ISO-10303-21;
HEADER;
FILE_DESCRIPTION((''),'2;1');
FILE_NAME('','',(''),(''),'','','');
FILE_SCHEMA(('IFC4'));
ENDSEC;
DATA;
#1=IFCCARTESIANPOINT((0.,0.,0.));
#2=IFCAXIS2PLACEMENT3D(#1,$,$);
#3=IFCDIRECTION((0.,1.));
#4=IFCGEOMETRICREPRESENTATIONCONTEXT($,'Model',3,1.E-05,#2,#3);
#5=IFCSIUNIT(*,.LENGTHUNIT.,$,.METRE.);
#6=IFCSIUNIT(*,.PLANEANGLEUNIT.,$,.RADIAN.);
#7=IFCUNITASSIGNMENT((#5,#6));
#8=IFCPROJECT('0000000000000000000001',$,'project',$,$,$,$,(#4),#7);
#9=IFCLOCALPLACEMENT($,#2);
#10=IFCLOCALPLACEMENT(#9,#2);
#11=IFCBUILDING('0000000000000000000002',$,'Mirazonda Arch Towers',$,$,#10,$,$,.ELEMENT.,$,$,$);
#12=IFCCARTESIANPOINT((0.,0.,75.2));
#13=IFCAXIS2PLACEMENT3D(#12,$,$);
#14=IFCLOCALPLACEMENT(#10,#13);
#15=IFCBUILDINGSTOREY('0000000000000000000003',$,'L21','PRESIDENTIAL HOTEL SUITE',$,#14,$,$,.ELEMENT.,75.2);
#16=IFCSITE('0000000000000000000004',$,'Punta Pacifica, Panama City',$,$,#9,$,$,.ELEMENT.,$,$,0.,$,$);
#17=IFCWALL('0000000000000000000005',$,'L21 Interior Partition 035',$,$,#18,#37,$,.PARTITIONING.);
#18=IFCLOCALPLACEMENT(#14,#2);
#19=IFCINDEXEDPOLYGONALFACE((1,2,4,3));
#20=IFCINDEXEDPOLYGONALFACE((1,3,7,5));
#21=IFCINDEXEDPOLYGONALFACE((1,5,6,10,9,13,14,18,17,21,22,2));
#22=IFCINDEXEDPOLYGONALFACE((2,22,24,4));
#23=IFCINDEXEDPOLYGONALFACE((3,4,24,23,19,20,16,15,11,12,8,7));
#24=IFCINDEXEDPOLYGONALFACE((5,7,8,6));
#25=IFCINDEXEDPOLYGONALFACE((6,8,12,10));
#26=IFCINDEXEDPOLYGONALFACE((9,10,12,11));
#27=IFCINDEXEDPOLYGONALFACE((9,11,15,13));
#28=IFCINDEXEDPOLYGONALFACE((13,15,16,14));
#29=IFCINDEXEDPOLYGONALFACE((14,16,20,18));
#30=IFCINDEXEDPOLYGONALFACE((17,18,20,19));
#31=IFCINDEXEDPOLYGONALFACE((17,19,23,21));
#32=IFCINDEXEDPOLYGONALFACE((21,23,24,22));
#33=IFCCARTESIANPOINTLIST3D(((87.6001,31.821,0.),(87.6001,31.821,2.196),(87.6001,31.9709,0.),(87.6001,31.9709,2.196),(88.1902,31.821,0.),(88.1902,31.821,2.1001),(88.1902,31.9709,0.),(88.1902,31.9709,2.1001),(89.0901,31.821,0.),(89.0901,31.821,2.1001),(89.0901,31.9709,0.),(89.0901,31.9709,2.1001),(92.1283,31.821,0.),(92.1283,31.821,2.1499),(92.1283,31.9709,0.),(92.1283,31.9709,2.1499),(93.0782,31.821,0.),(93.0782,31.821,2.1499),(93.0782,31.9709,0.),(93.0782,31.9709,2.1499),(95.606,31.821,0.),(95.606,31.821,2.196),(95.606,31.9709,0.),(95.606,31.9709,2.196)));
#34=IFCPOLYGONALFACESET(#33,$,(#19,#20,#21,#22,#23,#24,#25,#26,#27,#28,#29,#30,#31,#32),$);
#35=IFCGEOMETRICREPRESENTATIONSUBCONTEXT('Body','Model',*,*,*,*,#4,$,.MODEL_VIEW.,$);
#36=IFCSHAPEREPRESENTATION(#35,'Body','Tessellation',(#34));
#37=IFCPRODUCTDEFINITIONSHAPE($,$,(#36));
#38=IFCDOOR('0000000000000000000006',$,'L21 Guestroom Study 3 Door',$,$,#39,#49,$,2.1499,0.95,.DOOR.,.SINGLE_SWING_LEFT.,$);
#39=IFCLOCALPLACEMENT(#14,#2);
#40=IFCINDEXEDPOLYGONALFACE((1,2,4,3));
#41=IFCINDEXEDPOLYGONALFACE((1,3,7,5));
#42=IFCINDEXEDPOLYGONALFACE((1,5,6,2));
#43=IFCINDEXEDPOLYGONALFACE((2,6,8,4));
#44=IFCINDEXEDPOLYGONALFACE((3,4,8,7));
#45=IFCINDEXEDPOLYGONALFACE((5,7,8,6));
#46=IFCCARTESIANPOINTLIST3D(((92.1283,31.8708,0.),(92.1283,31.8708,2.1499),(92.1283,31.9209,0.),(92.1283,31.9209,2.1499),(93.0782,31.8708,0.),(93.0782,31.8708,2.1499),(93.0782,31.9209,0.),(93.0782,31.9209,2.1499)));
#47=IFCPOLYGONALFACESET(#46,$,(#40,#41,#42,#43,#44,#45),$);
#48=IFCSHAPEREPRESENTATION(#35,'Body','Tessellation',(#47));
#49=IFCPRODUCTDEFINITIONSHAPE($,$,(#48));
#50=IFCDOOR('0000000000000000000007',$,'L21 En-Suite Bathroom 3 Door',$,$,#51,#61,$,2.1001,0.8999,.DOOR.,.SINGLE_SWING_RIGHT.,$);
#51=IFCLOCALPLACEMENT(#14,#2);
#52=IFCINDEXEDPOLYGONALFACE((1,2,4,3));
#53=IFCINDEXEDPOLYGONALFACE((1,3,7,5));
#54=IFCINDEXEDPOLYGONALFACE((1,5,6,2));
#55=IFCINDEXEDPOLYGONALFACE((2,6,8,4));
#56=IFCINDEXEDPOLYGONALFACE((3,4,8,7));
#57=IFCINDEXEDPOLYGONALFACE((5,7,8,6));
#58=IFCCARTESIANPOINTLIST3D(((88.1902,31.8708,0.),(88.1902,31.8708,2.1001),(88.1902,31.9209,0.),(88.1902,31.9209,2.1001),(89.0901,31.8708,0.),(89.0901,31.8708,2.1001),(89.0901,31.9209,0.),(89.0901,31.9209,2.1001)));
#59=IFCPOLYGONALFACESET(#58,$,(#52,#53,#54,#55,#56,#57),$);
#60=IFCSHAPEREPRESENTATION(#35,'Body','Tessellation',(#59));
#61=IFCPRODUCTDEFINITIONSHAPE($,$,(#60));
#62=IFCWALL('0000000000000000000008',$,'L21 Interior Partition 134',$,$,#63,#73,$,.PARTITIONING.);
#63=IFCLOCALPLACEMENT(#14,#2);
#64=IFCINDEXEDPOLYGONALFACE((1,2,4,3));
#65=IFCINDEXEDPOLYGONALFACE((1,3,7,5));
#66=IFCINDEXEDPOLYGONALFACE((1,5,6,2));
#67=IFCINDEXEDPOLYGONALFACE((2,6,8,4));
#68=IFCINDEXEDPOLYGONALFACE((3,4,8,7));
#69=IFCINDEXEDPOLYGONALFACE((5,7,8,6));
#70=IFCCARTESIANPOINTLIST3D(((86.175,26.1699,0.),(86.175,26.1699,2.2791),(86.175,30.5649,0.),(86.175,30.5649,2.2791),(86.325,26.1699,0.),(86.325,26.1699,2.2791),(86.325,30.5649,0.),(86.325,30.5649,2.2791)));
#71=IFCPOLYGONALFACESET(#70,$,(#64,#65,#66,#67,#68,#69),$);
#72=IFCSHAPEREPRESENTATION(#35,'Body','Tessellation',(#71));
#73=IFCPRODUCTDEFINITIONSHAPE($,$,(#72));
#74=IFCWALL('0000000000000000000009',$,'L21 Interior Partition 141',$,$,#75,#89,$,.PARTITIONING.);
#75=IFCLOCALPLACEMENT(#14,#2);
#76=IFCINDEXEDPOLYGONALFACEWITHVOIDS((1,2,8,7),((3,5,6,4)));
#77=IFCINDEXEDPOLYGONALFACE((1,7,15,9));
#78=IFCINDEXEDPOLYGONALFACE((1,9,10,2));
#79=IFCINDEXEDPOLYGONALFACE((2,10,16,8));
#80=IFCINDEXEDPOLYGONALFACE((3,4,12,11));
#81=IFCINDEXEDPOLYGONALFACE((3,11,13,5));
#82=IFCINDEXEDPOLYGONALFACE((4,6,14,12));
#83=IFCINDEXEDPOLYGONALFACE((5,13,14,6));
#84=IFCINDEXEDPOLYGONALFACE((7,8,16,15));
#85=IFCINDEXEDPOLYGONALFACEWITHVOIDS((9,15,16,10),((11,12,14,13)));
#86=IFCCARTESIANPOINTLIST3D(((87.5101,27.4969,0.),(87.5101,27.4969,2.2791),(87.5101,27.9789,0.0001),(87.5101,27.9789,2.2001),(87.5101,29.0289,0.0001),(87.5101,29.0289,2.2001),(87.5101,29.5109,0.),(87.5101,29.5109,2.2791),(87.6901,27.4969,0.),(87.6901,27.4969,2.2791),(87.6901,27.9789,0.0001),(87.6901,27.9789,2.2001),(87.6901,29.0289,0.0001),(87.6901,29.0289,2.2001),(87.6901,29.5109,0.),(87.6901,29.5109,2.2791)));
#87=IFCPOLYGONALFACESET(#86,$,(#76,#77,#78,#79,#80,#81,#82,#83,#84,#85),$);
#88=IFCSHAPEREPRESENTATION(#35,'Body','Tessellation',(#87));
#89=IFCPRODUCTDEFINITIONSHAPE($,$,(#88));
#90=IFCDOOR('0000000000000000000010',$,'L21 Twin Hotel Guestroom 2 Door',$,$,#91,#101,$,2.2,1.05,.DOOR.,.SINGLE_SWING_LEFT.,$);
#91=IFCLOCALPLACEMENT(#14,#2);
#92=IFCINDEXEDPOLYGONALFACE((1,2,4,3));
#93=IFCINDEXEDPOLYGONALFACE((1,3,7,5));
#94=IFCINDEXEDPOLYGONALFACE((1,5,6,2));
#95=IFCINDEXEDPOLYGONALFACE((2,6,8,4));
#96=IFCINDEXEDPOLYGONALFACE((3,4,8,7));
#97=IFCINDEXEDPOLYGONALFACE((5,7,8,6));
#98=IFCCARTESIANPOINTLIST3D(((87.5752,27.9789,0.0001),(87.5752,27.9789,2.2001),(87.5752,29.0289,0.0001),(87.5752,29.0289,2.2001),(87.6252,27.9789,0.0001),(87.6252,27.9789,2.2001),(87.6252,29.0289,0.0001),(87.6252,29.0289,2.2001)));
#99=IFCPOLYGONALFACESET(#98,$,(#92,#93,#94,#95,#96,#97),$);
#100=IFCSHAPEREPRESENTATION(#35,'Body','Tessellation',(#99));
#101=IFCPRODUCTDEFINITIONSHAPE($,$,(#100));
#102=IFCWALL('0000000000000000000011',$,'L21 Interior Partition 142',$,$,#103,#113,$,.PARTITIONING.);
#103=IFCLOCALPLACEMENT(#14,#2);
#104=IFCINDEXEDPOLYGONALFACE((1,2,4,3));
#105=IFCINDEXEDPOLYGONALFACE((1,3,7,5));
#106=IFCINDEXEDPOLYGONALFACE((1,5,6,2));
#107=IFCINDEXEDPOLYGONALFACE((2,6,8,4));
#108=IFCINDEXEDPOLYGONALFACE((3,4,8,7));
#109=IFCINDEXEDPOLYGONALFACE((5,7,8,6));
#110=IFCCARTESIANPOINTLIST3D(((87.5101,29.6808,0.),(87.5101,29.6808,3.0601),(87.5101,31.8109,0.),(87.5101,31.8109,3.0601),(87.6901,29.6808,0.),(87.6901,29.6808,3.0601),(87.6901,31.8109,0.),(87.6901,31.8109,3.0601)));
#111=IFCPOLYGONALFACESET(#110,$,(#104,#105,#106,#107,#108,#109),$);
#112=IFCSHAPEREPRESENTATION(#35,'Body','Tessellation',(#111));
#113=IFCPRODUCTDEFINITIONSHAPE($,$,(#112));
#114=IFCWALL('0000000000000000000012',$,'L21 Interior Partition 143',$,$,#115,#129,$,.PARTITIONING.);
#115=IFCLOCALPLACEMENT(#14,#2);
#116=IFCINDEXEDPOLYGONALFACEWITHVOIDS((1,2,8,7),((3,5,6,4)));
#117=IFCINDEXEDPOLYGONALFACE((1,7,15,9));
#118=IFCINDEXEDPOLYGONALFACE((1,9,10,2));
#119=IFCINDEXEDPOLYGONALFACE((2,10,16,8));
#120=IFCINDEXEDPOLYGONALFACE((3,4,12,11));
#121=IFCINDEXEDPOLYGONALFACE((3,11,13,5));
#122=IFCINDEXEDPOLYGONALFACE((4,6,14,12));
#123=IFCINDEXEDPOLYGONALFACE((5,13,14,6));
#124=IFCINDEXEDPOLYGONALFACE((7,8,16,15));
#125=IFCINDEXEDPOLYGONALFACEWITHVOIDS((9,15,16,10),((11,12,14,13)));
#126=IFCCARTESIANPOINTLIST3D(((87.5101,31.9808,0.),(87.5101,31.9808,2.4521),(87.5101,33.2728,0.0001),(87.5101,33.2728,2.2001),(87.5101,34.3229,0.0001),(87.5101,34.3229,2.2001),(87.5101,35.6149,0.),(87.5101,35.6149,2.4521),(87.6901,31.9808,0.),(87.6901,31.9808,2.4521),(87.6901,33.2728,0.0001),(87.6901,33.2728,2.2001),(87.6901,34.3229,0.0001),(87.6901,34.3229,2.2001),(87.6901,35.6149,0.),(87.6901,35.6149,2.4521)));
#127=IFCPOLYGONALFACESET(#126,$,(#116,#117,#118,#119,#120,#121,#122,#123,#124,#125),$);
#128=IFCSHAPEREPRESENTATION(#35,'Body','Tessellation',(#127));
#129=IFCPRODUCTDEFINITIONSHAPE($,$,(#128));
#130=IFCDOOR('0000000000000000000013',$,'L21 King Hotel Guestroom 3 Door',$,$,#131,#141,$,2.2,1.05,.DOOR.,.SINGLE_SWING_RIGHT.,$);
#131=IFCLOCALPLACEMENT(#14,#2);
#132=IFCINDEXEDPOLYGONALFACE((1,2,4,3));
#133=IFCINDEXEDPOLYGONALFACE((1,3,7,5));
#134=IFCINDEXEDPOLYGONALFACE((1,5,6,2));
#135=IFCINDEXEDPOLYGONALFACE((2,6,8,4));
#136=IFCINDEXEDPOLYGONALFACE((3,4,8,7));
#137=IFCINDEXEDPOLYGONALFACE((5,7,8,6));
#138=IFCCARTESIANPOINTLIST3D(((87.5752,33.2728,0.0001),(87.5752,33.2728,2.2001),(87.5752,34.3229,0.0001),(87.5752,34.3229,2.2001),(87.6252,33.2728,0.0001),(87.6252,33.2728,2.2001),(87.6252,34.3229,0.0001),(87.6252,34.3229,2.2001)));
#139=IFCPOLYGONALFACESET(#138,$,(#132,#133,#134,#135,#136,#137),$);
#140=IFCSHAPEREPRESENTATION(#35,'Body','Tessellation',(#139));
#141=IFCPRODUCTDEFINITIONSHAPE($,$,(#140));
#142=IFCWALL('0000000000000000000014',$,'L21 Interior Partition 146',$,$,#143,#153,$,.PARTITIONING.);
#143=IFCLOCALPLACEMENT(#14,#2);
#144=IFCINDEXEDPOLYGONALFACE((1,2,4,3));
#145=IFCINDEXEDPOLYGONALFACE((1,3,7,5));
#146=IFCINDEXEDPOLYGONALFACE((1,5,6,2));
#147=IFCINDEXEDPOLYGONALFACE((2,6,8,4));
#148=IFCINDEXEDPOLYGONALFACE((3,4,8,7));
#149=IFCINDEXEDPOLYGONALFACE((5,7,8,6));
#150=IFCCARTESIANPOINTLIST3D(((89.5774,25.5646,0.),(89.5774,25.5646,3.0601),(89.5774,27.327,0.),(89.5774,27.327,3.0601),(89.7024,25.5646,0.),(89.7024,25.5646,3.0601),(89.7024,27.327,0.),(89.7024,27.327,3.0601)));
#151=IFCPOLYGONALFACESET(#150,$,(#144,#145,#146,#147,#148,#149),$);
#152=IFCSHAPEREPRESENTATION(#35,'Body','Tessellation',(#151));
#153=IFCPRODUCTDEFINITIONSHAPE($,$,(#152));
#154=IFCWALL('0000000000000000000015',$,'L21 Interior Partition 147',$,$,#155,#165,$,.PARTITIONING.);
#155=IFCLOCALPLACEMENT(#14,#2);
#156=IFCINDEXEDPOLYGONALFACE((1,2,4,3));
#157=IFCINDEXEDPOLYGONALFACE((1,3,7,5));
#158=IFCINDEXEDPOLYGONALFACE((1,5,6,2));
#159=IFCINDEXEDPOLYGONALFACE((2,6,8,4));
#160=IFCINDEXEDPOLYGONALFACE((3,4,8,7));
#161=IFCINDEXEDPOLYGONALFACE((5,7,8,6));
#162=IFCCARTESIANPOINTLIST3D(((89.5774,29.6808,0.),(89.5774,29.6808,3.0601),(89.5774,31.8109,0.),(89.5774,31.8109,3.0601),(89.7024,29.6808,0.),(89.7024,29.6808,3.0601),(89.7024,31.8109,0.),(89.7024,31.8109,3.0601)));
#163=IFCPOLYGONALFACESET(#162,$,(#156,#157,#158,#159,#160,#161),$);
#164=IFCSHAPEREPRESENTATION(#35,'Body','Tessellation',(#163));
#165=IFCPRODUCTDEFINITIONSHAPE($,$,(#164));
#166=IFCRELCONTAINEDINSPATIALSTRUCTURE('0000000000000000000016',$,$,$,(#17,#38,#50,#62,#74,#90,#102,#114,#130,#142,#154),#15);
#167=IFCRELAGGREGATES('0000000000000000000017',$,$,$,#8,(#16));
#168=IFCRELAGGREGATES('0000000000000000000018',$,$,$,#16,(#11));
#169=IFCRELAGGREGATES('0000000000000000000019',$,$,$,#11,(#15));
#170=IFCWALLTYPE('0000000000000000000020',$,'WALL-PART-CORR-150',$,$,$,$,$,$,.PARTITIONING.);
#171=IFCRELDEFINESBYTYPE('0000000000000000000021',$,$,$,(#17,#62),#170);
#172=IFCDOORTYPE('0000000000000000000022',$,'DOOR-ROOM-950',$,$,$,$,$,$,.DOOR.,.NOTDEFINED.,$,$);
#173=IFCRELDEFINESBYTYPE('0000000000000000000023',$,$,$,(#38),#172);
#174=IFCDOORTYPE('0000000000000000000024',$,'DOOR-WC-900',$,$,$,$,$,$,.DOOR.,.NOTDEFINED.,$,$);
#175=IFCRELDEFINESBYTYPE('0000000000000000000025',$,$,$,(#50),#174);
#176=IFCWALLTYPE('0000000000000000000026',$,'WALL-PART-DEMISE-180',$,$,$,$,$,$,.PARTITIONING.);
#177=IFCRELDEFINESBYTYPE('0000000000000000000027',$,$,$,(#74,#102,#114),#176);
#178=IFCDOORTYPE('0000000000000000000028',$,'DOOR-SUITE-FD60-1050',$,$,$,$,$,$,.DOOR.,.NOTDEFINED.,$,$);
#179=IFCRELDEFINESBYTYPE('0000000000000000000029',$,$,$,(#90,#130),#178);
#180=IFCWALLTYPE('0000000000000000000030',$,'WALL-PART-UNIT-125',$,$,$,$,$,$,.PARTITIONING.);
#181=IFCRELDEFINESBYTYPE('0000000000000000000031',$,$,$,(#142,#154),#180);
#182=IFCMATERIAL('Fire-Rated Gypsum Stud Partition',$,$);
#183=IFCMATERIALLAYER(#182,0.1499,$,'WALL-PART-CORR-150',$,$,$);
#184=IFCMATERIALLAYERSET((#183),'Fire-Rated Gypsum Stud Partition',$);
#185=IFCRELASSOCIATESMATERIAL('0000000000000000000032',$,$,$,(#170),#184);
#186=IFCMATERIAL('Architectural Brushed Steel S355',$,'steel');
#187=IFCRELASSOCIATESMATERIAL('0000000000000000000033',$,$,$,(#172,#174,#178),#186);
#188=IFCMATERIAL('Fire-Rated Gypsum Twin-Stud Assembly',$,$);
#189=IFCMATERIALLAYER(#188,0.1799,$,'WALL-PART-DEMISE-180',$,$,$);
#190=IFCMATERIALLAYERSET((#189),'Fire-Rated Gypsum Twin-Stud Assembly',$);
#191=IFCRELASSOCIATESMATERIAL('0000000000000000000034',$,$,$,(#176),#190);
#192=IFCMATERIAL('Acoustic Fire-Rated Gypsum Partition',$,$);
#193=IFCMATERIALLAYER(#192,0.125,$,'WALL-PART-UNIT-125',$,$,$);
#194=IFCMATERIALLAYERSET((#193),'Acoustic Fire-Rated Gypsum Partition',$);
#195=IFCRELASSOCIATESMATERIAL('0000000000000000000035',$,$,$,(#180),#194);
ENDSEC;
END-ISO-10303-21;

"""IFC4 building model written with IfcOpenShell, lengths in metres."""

from ifc_helpers import new_model, si_unit, direction, frame, frame_2d, origin, place, context, subcontext, project, spatial, rectangle, extrude, material, layer, layer_set, type_object, element, fill, save


model = new_model("IFC4")

# Units and contexts
model_context = context("Model", 3, precision=1e-05, world=origin(), true_north=direction((0.0, 1.0)))
body_context = subcontext(model_context, "Body", "Model", "MODEL_VIEW")
ifc_project = project(units=[si_unit("LENGTHUNIT", "METRE"), si_unit("PLANEANGLEUNIT", "RADIAN")], contexts=[model_context])

# Site, building, storey
site_placement = place(None, origin())
site = spatial("IfcSite", under=ifc_project, at=site_placement, Name="Punta Pacifica, Panama City", CompositionType="ELEMENT", RefElevation=0.0)
building_placement = place(site_placement, origin())
building = spatial("IfcBuilding", under=site, at=building_placement, Name="Mirazonda Arch Towers", CompositionType="ELEMENT")
storey_placement = place(building_placement, frame((0.0, 0.0, 75.2)))
storey = spatial("IfcBuildingStorey", under=building, at=storey_placement, Name="L21", Description="PRESIDENTIAL HOTEL SUITE", CompositionType="ELEMENT", Elevation=75.2)

# Shared definitions
ifc_material_1 = material(Name="Fire-Rated Gypsum Stud Partition")
ifc_layer_1 = layer(ifc_material_1, 0.1499, Name="WALL-PART-CORR-150")
ifc_layer_set_1 = layer_set([ifc_layer_1], Name="Fire-Rated Gypsum Stud Partition")
wall_type_1 = type_object("IfcWallType", Name="WALL-PART-CORR-150", PredefinedType="PARTITIONING", material=ifc_layer_set_1)
ifc_material_2 = material(Name="Architectural Brushed Steel S355", Category="steel")
door_type_1 = type_object("IfcDoorType", Name="DOOR-ROOM-950", OperationType="NOTDEFINED", PredefinedType="DOOR", material=ifc_material_2)
door_type_2 = type_object("IfcDoorType", Name="DOOR-WC-900", OperationType="NOTDEFINED", PredefinedType="DOOR", material=ifc_material_2)

# Wall, openings, doors
wall_1_placement = place(storey_placement, frame((87.6001, 31.896, 0.0), z_axis=(0.0, 0.0, 1.0), x_axis=(1.0, 0.0, 0.0)))
wall_1 = element("IfcWall", 1, at=wall_1_placement, inside=storey, type_object=wall_type_1, Name="L21 Interior Partition 035", PredefinedType="PARTITIONING", context=body_context, shape_type="SweptSolid", body=[
    extrude(rectangle(XDim=8.0059, YDim=0.1499, at=frame_2d((4.0029, 0.0))), origin(), (0.0, 0.0, 1.0), 2.196),
])
opening_1_placement = place(wall_1_placement, frame((4.5281, 0.0, 0.0)))
opening_1 = element("IfcOpeningElement", 2, at=opening_1_placement, cuts=wall_1, PredefinedType="OPENING", context=body_context, shape_type="SweptSolid", body=[
    extrude(rectangle(XDim=0.95, YDim=2.1499, at=frame_2d((0.4751, 1.075))), frame((0.0, 0.085, 0.0), z_axis=(0.0, -1.0, 0.0), x_axis=(1.0, 0.0, 0.0)), (0.0, 0.0, 1.0), 0.1699),
])
opening_2_placement = place(wall_1_placement, frame((0.5901, 0.0, 0.0)))
opening_2 = element("IfcOpeningElement", 3, at=opening_2_placement, cuts=wall_1, PredefinedType="OPENING", context=body_context, shape_type="SweptSolid", body=[
    extrude(rectangle(XDim=0.8999, YDim=2.1001, at=frame_2d((0.45, 1.05))), frame((0.0, 0.085, 0.0), z_axis=(0.0, -1.0, 0.0), x_axis=(1.0, 0.0, 0.0)), (0.0, 0.0, 1.0), 0.1699),
])
door_1_placement = place(opening_1_placement, origin())
door_1 = element("IfcDoor", 4, at=door_1_placement, inside=storey, type_object=door_type_1, Name="L21 Guestroom Study 3 Door", OperationType="SINGLE_SWING_LEFT", OverallHeight=2.1499, OverallWidth=0.95, PredefinedType="DOOR", context=body_context, shape_type="SweptSolid", body=[
    extrude(rectangle(XDim=0.95, YDim=2.1499, at=frame_2d((0.4751, 1.075))), frame((0.0, 0.0249, 0.0), z_axis=(0.0, -1.0, 0.0), x_axis=(1.0, 0.0, 0.0)), (0.0, 0.0, 1.0), 0.05),
])
fill(opening_1, door_1)
door_2_placement = place(opening_2_placement, origin())
door_2 = element("IfcDoor", 5, at=door_2_placement, inside=storey, type_object=door_type_2, Name="L21 En-Suite Bathroom 3 Door", OperationType="SINGLE_SWING_RIGHT", OverallHeight=2.1001, OverallWidth=0.8999, PredefinedType="DOOR", context=body_context, shape_type="SweptSolid", body=[
    extrude(rectangle(XDim=0.8999, YDim=2.1001, at=frame_2d((0.45, 1.05))), frame((0.0, 0.0249, 0.0), z_axis=(0.0, -1.0, 0.0), x_axis=(1.0, 0.0, 0.0)), (0.0, 0.0, 1.0), 0.05),
])
fill(opening_2, door_2)

# Wall
wall_2_placement = place(storey_placement, frame((86.25, 26.1699, 0.0), z_axis=(0.0, 0.0, 1.0), x_axis=(0.0, 1.0, 0.0)))
element("IfcWall", 6, at=wall_2_placement, inside=storey, type_object=wall_type_1, Name="L21 Interior Partition 134", PredefinedType="PARTITIONING", context=body_context, shape_type="SweptSolid", body=[
    extrude(rectangle(XDim=4.395, YDim=0.1499, at=frame_2d((2.1975, 0.0))), origin(), (0.0, 0.0, 1.0), 2.2791),
])

# Wall, opening, door
ifc_material_3 = material(Name="Fire-Rated Gypsum Twin-Stud Assembly")
ifc_layer_2 = layer(ifc_material_3, 0.1799, Name="WALL-PART-DEMISE-180")
ifc_layer_set_2 = layer_set([ifc_layer_2], Name="Fire-Rated Gypsum Twin-Stud Assembly")
wall_type_2 = type_object("IfcWallType", Name="WALL-PART-DEMISE-180", PredefinedType="PARTITIONING", material=ifc_layer_set_2)
wall_3_placement = place(storey_placement, frame((87.6001, 27.4971, 0.0), z_axis=(0.0, 0.0, 1.0), x_axis=(0.0, 1.0, 0.0)))
wall_3 = element("IfcWall", 7, at=wall_3_placement, inside=storey, type_object=wall_type_2, Name="L21 Interior Partition 141", PredefinedType="PARTITIONING", context=body_context, shape_type="SweptSolid", body=[
    extrude(rectangle(XDim=2.0139, YDim=0.1799, at=frame_2d((1.0068, 0.0))), origin(), (0.0, 0.0, 1.0), 2.2791),
])
opening_3_placement = place(wall_3_placement, frame((0.4819, 0.0, 0.0)))
opening_3 = element("IfcOpeningElement", 8, at=opening_3_placement, cuts=wall_3, PredefinedType="OPENING", context=body_context, shape_type="SweptSolid", body=[
    extrude(rectangle(XDim=1.05, YDim=2.2, at=frame_2d((0.5249, 1.1001))), frame((0.0, 0.0999, 0.0), z_axis=(0.0, -1.0, 0.0), x_axis=(1.0, 0.0, 0.0)), (0.0, 0.0, 1.0), 0.2),
])
door_type_3 = type_object("IfcDoorType", Name="DOOR-SUITE-FD60-1050", OperationType="NOTDEFINED", PredefinedType="DOOR", material=ifc_material_2)
door_3_placement = place(opening_3_placement, origin())
door_3 = element("IfcDoor", 9, at=door_3_placement, inside=storey, type_object=door_type_3, Name="L21 Twin Hotel Guestroom 2 Door", OperationType="SINGLE_SWING_LEFT", OverallHeight=2.2, OverallWidth=1.05, PredefinedType="DOOR", context=body_context, shape_type="SweptSolid", body=[
    extrude(rectangle(XDim=1.05, YDim=2.2, at=frame_2d((0.5249, 1.1001))), frame((0.0, 0.0249, 0.0), z_axis=(0.0, -1.0, 0.0), x_axis=(1.0, 0.0, 0.0)), (0.0, 0.0, 1.0), 0.05),
])
fill(opening_3, door_3)

# Wall
wall_4_placement = place(storey_placement, frame((87.6001, 29.6809, 0.0), z_axis=(0.0, 0.0, 1.0), x_axis=(0.0, 1.0, 0.0)))
element("IfcWall", 10, at=wall_4_placement, inside=storey, type_object=wall_type_2, Name="L21 Interior Partition 142", PredefinedType="PARTITIONING", context=body_context, shape_type="SweptSolid", body=[
    extrude(rectangle(XDim=2.1301, YDim=0.1799, at=frame_2d((1.0649, 0.0))), origin(), (0.0, 0.0, 1.0), 3.0601),
])

# Wall, opening, door
wall_5_placement = place(storey_placement, frame((87.6001, 31.981, 0.0), z_axis=(0.0, 0.0, 1.0), x_axis=(0.0, 1.0, 0.0)))
wall_5 = element("IfcWall", 11, at=wall_5_placement, inside=storey, type_object=wall_type_2, Name="L21 Interior Partition 143", PredefinedType="PARTITIONING", context=body_context, shape_type="SweptSolid", body=[
    extrude(rectangle(XDim=3.634, YDim=0.1799, at=frame_2d((1.8169, 0.0))), origin(), (0.0, 0.0, 1.0), 2.4521),
])
opening_4_placement = place(wall_5_placement, frame((1.292, 0.0, 0.0)))
opening_4 = element("IfcOpeningElement", 12, at=opening_4_placement, cuts=wall_5, PredefinedType="OPENING", context=body_context, shape_type="SweptSolid", body=[
    extrude(rectangle(XDim=1.05, YDim=2.2, at=frame_2d((0.5249, 1.1001))), frame((0.0, 0.0999, 0.0), z_axis=(0.0, -1.0, 0.0), x_axis=(1.0, 0.0, 0.0)), (0.0, 0.0, 1.0), 0.2),
])
door_4_placement = place(opening_4_placement, origin())
door_4 = element("IfcDoor", 13, at=door_4_placement, inside=storey, type_object=door_type_3, Name="L21 King Hotel Guestroom 3 Door", OperationType="SINGLE_SWING_RIGHT", OverallHeight=2.2, OverallWidth=1.05, PredefinedType="DOOR", context=body_context, shape_type="SweptSolid", body=[
    extrude(rectangle(XDim=1.05, YDim=2.2, at=frame_2d((0.5249, 1.1001))), frame((0.0, 0.0249, 0.0), z_axis=(0.0, -1.0, 0.0), x_axis=(1.0, 0.0, 0.0)), (0.0, 0.0, 1.0), 0.05),
])
fill(opening_4, door_4)

# Walls
ifc_material_4 = material(Name="Acoustic Fire-Rated Gypsum Partition")
ifc_layer_3 = layer(ifc_material_4, 0.125, Name="WALL-PART-UNIT-125")
ifc_layer_set_3 = layer_set([ifc_layer_3], Name="Acoustic Fire-Rated Gypsum Partition")
wall_type_3 = type_object("IfcWallType", Name="WALL-PART-UNIT-125", PredefinedType="PARTITIONING", material=ifc_layer_set_3)
wall_6_placement = place(storey_placement, frame((89.6399, 25.5645, 0.0), z_axis=(0.0, 0.0, 1.0), x_axis=(0.0, 1.0, 0.0)))
element("IfcWall", 14, at=wall_6_placement, inside=storey, type_object=wall_type_3, Name="L21 Interior Partition 146", PredefinedType="PARTITIONING", context=body_context, shape_type="SweptSolid", body=[
    extrude(rectangle(XDim=1.7625, YDim=0.125, at=frame_2d((0.8813, 0.0))), origin(), (0.0, 0.0, 1.0), 3.0601),
])
wall_7_placement = place(storey_placement, frame((89.6399, 29.6809, 0.0), z_axis=(0.0, 0.0, 1.0), x_axis=(0.0, 1.0, 0.0)))
element("IfcWall", 15, at=wall_7_placement, inside=storey, type_object=wall_type_3, Name="L21 Interior Partition 147", PredefinedType="PARTITIONING", context=body_context, shape_type="SweptSolid", body=[
    extrude(rectangle(XDim=2.1301, YDim=0.125, at=frame_2d((1.0649, 0.0))), origin(), (0.0, 0.0, 1.0), 3.0601),
])

save(model, "model.ifc")
